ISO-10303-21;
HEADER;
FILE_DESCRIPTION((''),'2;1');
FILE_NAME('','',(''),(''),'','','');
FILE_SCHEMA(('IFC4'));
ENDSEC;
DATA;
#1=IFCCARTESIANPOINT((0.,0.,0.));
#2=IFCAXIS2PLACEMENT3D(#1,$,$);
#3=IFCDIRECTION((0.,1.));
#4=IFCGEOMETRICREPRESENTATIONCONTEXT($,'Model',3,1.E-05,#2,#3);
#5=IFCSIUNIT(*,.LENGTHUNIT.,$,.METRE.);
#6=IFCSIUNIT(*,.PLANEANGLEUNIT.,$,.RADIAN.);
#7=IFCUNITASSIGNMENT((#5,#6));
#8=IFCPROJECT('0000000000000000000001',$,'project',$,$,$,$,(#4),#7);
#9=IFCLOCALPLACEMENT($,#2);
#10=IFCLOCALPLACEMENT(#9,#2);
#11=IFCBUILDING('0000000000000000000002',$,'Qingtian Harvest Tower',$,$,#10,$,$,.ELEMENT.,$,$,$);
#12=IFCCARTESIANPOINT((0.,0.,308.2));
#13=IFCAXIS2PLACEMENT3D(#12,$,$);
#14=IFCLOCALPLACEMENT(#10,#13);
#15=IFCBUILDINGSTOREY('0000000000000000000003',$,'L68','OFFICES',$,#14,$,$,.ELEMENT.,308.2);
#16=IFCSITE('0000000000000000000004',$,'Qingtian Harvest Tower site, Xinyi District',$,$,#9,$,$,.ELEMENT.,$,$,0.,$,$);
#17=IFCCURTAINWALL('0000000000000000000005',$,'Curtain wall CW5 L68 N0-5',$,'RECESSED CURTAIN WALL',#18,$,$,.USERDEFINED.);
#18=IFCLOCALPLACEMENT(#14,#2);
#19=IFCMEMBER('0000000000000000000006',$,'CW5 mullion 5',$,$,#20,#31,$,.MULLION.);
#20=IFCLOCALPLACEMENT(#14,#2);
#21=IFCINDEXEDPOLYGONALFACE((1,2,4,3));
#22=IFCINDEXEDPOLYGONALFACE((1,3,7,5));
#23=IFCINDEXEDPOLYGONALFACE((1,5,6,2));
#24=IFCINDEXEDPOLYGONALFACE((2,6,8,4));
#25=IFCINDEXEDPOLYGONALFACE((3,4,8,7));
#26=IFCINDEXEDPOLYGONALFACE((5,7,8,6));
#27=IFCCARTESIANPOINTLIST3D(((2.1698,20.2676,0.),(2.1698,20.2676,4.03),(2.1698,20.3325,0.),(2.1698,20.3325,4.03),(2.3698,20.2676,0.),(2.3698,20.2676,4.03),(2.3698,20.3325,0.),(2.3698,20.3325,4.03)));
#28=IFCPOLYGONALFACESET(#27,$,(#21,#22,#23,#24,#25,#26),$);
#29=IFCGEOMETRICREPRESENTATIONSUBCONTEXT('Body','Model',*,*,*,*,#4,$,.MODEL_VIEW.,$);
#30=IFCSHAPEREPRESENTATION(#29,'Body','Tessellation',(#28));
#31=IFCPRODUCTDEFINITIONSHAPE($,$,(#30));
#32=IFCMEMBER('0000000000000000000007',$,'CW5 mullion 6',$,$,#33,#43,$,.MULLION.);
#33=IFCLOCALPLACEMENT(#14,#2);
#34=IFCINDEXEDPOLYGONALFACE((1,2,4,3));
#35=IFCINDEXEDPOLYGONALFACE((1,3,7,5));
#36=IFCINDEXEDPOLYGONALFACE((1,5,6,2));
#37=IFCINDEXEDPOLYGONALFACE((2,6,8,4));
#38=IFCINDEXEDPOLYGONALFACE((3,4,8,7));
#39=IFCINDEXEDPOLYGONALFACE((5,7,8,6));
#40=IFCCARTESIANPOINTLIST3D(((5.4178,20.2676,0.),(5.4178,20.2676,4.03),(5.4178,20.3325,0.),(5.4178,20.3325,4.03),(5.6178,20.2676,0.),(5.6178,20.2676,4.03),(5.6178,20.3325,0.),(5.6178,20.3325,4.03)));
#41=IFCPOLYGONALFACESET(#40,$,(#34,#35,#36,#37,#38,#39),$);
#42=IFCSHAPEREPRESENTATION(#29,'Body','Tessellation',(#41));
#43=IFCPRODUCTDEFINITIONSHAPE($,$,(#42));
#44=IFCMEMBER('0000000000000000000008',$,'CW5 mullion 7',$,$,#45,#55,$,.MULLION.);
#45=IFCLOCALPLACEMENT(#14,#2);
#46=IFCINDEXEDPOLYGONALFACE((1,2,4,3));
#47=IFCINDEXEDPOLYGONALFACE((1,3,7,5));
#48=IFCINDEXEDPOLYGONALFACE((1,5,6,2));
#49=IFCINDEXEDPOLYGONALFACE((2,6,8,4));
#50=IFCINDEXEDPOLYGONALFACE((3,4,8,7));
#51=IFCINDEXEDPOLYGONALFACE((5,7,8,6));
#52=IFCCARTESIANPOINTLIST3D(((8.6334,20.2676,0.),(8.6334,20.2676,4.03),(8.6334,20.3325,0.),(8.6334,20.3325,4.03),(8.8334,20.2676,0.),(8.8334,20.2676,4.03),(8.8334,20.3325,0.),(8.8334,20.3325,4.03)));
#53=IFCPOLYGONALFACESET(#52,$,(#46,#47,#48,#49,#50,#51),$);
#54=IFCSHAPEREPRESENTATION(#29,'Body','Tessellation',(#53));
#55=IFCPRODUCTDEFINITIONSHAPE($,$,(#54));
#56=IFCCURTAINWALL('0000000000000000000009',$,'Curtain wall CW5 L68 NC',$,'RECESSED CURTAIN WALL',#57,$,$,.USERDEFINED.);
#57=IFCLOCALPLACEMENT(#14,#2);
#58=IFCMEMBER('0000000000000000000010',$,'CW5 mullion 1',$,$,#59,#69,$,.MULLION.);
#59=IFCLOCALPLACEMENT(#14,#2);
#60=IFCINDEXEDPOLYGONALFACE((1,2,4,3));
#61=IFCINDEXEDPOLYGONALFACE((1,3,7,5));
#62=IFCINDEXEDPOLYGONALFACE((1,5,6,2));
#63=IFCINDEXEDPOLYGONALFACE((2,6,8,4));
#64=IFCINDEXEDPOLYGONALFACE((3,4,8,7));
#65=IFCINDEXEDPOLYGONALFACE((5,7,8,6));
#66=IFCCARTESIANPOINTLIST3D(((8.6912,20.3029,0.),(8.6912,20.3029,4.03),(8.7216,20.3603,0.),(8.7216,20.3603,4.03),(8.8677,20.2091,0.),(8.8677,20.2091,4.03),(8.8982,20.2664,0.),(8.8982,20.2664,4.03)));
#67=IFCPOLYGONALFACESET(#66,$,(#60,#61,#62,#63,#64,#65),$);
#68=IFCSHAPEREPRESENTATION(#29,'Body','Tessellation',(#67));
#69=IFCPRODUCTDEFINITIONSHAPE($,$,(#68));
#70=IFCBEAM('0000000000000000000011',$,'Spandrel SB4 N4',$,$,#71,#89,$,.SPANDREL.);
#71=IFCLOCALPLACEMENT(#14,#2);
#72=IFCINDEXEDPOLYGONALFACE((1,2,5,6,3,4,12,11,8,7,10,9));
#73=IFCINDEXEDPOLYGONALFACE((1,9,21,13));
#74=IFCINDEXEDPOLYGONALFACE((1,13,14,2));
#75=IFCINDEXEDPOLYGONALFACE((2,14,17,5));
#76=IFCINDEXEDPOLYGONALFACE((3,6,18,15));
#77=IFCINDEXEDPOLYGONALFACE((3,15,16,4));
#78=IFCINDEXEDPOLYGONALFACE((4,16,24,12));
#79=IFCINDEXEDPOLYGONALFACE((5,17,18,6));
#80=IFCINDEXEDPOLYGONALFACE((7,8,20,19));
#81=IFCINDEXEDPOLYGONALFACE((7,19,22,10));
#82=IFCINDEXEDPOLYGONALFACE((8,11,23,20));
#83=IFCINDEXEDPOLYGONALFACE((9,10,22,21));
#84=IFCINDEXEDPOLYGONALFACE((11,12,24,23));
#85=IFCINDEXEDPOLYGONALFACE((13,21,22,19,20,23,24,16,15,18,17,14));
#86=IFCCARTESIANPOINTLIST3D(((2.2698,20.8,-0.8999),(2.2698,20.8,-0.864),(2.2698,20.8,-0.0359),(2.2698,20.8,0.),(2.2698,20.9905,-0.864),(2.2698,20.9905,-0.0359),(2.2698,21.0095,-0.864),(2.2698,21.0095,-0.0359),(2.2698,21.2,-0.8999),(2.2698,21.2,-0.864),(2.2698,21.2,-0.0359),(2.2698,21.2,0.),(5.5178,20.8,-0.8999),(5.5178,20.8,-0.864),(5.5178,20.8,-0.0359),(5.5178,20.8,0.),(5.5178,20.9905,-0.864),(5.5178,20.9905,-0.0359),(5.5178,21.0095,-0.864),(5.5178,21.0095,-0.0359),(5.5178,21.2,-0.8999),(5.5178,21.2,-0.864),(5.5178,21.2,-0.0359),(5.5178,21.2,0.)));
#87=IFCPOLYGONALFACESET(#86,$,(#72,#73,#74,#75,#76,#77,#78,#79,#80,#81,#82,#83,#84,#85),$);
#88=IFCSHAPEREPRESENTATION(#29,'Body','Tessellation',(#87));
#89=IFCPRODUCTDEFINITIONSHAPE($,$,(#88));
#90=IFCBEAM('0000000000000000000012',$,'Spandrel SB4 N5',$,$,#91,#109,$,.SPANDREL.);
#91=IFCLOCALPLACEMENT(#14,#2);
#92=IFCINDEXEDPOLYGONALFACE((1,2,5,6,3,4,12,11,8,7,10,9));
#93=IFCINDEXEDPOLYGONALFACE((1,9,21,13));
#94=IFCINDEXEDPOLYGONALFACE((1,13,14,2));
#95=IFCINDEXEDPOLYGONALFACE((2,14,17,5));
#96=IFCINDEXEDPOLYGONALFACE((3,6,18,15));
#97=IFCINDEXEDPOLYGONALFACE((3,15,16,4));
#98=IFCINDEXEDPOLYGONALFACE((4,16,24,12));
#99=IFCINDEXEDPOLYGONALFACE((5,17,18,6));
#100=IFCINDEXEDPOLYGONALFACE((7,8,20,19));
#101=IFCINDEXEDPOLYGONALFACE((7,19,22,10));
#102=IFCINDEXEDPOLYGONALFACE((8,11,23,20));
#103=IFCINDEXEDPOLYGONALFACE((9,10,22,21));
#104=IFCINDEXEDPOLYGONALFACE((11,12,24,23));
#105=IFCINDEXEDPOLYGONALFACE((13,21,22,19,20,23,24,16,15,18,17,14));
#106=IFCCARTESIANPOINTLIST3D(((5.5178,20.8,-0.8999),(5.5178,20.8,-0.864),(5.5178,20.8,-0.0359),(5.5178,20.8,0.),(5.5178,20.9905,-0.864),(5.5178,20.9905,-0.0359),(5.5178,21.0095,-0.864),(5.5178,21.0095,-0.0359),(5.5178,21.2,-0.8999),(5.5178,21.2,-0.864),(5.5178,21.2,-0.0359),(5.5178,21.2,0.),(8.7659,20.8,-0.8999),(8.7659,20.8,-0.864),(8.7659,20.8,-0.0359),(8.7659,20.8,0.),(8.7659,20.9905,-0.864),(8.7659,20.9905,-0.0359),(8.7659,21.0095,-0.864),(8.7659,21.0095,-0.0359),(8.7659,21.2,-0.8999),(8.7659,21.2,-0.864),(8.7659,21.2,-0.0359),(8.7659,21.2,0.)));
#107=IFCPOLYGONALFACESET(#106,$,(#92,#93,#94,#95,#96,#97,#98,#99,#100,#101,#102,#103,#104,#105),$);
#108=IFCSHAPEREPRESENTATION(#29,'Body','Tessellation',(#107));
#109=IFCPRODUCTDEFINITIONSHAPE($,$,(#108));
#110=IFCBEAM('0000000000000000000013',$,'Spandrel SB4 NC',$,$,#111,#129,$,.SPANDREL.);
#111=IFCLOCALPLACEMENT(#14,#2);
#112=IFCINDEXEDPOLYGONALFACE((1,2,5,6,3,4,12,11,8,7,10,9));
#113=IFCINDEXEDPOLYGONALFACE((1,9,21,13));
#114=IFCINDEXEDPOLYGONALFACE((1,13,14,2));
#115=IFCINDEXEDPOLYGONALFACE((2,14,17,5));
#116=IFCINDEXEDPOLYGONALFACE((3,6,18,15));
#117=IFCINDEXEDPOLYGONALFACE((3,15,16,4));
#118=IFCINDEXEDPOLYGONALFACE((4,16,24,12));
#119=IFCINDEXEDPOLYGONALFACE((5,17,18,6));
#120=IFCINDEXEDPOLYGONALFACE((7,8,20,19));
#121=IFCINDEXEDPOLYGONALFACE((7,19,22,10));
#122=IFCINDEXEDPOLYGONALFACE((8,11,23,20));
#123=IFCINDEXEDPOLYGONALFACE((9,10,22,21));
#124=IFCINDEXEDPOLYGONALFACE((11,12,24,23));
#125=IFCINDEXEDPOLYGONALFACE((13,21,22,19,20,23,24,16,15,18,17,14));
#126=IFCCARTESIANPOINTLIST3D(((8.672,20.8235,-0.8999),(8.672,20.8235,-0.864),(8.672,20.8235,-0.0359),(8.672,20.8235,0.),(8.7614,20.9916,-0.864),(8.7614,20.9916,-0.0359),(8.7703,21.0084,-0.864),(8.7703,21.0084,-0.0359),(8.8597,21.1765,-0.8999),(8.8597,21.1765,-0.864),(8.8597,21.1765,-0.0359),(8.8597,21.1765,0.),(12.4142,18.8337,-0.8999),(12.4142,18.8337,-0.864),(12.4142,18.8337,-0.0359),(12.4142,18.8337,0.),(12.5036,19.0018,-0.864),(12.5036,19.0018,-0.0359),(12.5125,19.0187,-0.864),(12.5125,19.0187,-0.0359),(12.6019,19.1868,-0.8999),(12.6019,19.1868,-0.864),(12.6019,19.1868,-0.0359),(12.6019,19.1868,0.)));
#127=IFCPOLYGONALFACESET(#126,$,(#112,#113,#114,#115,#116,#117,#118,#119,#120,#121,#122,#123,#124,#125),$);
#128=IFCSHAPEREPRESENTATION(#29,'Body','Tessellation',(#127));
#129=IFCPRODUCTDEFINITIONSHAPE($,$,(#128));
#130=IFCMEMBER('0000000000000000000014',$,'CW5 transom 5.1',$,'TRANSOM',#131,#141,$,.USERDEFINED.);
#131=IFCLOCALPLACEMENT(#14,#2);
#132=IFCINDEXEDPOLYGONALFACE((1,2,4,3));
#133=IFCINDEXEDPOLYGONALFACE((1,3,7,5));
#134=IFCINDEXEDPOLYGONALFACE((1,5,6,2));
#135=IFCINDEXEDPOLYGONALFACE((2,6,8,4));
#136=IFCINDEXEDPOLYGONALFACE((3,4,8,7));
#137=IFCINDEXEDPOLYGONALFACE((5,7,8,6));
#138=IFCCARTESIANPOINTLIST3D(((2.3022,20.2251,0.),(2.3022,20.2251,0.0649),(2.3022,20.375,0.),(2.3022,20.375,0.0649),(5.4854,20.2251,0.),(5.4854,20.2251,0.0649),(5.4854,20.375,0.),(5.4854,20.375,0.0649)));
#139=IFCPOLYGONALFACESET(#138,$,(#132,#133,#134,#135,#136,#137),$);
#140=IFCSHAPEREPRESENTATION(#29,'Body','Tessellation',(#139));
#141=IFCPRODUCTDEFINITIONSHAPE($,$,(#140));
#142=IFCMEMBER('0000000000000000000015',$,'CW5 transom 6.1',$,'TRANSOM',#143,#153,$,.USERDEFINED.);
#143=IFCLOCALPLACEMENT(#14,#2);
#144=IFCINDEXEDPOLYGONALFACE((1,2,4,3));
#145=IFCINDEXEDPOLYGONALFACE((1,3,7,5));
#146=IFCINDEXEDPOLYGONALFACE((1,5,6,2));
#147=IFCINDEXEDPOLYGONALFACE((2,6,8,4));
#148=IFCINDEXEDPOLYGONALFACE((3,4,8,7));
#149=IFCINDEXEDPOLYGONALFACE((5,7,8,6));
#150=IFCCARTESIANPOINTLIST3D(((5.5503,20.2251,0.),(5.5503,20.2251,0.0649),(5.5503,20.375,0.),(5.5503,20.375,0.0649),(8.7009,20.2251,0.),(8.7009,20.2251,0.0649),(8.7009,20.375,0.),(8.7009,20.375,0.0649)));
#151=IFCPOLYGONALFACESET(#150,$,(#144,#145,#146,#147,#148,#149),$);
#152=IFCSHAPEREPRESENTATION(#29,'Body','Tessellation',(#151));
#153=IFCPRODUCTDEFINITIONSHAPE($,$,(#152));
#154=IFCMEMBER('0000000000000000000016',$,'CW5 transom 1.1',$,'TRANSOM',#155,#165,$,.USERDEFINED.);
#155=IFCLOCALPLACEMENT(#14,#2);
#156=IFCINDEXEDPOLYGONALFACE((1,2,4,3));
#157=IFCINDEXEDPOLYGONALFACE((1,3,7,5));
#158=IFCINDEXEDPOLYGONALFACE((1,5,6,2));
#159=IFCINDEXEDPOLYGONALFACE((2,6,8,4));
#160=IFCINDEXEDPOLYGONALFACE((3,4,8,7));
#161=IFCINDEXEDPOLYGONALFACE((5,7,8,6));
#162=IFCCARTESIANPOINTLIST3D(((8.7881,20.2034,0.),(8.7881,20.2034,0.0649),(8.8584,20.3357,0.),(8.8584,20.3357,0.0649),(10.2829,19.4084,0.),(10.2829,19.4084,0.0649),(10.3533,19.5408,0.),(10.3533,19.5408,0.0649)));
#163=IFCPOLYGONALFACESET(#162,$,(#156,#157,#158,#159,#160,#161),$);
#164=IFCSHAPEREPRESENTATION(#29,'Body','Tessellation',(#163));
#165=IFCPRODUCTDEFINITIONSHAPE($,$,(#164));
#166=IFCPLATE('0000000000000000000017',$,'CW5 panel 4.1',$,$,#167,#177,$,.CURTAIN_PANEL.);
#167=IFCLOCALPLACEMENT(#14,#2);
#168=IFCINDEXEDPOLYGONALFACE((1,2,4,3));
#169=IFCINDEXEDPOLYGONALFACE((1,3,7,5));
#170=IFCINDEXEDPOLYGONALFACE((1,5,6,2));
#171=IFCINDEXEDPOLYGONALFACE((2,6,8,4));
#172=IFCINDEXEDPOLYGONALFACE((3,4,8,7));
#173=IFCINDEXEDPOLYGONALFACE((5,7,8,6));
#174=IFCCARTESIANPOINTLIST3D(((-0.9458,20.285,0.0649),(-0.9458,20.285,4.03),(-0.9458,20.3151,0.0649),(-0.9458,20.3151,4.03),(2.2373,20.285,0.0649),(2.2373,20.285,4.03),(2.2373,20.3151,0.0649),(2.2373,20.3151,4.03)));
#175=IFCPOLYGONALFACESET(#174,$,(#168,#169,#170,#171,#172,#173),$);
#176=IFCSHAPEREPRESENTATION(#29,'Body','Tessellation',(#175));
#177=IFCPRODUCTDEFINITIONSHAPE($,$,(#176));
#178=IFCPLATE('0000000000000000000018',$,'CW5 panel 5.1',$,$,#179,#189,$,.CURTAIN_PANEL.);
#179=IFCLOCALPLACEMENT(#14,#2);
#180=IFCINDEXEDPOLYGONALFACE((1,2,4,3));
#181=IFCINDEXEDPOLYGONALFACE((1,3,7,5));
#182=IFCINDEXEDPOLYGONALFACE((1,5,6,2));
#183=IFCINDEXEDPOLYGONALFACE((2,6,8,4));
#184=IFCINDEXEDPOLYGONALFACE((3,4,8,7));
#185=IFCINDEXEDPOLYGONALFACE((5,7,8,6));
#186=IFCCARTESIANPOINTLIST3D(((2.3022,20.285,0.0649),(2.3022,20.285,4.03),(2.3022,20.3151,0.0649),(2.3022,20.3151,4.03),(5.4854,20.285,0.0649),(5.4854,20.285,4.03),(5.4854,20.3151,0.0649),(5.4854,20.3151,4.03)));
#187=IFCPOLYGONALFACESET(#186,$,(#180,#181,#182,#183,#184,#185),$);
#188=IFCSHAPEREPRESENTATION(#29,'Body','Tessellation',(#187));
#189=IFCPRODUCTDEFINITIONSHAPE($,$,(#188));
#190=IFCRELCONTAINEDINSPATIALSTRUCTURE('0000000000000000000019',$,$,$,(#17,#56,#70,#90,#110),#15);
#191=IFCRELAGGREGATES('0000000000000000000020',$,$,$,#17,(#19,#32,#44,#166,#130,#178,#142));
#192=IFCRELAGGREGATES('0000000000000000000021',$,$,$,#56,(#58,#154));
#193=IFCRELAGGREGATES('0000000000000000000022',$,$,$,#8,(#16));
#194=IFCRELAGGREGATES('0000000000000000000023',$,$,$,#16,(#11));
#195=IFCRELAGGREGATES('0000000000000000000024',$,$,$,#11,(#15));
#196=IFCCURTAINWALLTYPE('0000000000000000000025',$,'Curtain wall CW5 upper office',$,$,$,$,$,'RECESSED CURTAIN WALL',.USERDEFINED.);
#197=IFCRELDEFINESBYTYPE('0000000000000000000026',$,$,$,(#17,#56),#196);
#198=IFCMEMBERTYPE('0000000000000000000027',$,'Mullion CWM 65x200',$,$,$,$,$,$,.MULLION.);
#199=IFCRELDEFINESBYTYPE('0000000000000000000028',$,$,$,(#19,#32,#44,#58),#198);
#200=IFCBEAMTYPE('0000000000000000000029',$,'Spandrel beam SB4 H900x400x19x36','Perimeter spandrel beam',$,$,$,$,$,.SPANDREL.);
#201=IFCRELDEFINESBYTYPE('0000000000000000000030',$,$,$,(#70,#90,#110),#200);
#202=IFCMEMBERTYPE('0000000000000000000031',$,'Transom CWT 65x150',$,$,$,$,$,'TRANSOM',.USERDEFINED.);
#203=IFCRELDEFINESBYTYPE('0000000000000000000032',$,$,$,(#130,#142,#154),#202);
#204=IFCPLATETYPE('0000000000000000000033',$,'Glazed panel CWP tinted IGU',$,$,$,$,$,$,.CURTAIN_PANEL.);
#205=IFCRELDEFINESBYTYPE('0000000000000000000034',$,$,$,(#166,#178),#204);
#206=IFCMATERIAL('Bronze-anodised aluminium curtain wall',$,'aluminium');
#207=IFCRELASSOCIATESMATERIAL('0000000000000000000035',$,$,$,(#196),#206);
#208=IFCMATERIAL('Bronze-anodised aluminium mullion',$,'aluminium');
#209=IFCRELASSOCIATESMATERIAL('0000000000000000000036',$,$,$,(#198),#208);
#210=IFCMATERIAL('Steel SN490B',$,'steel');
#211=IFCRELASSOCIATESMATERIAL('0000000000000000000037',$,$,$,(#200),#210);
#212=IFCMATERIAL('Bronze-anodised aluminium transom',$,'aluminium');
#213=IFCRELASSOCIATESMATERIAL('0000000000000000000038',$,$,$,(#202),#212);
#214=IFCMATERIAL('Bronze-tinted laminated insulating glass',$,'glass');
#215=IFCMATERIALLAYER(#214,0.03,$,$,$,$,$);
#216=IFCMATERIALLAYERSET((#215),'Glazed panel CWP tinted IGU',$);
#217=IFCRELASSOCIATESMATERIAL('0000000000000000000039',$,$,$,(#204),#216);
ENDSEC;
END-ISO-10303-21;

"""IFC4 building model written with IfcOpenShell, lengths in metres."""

from ifc_helpers import new_model, si_unit, direction, frame, origin, origin_2d, place, context, subcontext, project, spatial, rectangle, i_section, extrude, material, layer, layer_set, material_profile, profile_set, type_object, element, aggregate, save


model = new_model("IFC4")

# Units and contexts
model_context = context("Model", 3, precision=1e-05, world=origin(), true_north=direction((0.0, 1.0)))
body_context = subcontext(model_context, "Body", "Model", "MODEL_VIEW")
ifc_project = project(units=[si_unit("LENGTHUNIT", "METRE"), si_unit("PLANEANGLEUNIT", "RADIAN")], contexts=[model_context])

# Site, building, storey
site_placement = place(None, origin())
site = spatial("IfcSite", under=ifc_project, at=site_placement, Name="Qingtian Harvest Tower site, Xinyi District", CompositionType="ELEMENT", RefElevation=0.0)
building_placement = place(site_placement, origin())
building = spatial("IfcBuilding", under=site, at=building_placement, Name="Qingtian Harvest Tower", CompositionType="ELEMENT")
storey_placement = place(building_placement, frame((0.0, 0.0, 308.2)))
storey = spatial("IfcBuildingStorey", under=building, at=storey_placement, Name="L68", Description="OFFICES", CompositionType="ELEMENT", Elevation=308.2)

# Curtain wall, members
ifc_material_1 = material(Name="Bronze-anodised aluminium curtain wall", Category="aluminium")
curtain_wall_type = type_object("IfcCurtainWallType", Name="Curtain wall CW5 upper office", ElementType="RECESSED CURTAIN WALL", PredefinedType="USERDEFINED", material=ifc_material_1)
curtain_wall_1_placement = place(storey_placement, origin())
curtain_wall_1 = element("IfcCurtainWall", 1, at=curtain_wall_1_placement, inside=storey, type_object=curtain_wall_type, Name="Curtain wall CW5 L68 N0-5", ObjectType="RECESSED CURTAIN WALL", PredefinedType="USERDEFINED")
ifc_material_2 = material(Name="Bronze-anodised aluminium mullion", Category="aluminium")
ifc_material_profile_1 = material_profile(ifc_material_2, rectangle(XDim=0.0649, YDim=0.2, at=origin_2d()), Name="AL 65x200")
ifc_profile_set_1 = profile_set([ifc_material_profile_1], Name="Bronze-anodised aluminium mullion")
member_type_1 = type_object("IfcMemberType", Name="Mullion CWM 65x200", PredefinedType="MULLION", material=ifc_profile_set_1)
member_1_placement = place(storey_placement, frame((2.2698, 20.3, 0.0), z_axis=(0.0, 0.0, 1.0), x_axis=(0.0, 1.0, 0.0)))
member_1 = element("IfcMember", 2, at=member_1_placement, type_object=member_type_1, Name="CW5 mullion 5", PredefinedType="MULLION", context=body_context, shape_type="SweptSolid", body=[
    extrude(rectangle(XDim=0.0649, YDim=0.2, at=origin_2d()), origin(), (0.0, 0.0, 1.0), 4.03),
])
member_2_placement = place(storey_placement, frame((5.5178, 20.3, 0.0), z_axis=(0.0, 0.0, 1.0), x_axis=(0.0, 1.0, 0.0)))
member_2 = element("IfcMember", 3, at=member_2_placement, type_object=member_type_1, Name="CW5 mullion 6", PredefinedType="MULLION", context=body_context, shape_type="SweptSolid", body=[
    extrude(rectangle(XDim=0.0649, YDim=0.2, at=origin_2d()), origin(), (0.0, 0.0, 1.0), 4.03),
])
member_3_placement = place(storey_placement, frame((8.7334, 20.3, 0.0), z_axis=(0.0, 0.0, 1.0), x_axis=(0.0, 1.0, 0.0)))
member_3 = element("IfcMember", 4, at=member_3_placement, type_object=member_type_1, Name="CW5 mullion 7", PredefinedType="MULLION", context=body_context, shape_type="SweptSolid", body=[
    extrude(rectangle(XDim=0.0649, YDim=0.2, at=origin_2d()), origin(), (0.0, 0.0, 1.0), 4.03),
])

# Curtain wall, member
curtain_wall_2_placement = place(storey_placement, origin())
curtain_wall_2 = element("IfcCurtainWall", 5, at=curtain_wall_2_placement, inside=storey, type_object=curtain_wall_type, Name="Curtain wall CW5 L68 NC", ObjectType="RECESSED CURTAIN WALL", PredefinedType="USERDEFINED")
member_4_placement = place(storey_placement, frame((8.7947, 20.2847, 0.0), z_axis=(0.0, 0.0, 1.0), x_axis=(0.469472, 0.882948, 0.0)))
member_4 = element("IfcMember", 6, at=member_4_placement, type_object=member_type_1, Name="CW5 mullion 1", PredefinedType="MULLION", context=body_context, shape_type="SweptSolid", body=[
    extrude(rectangle(XDim=0.0649, YDim=0.2, at=origin_2d()), origin(), (0.0, 0.0, 1.0), 4.03),
])

# Beams
ifc_material_3 = material(Name="Steel SN490B", Category="steel")
ifc_material_profile_2 = material_profile(ifc_material_3, i_section(OverallWidth=0.3999, OverallDepth=0.8999, WebThickness=0.019, FlangeThickness=0.0359, at=origin_2d()), Name="H900x400x19x36")
ifc_profile_set_2 = profile_set([ifc_material_profile_2], Name="Steel SN490B")
beam_type_1 = type_object("IfcBeamType", Name="Spandrel beam SB4 H900x400x19x36", Description="Perimeter spandrel beam", PredefinedType="SPANDREL", material=ifc_profile_set_2)
for number, where, z_axis, x_axis, name in (
    (7, (2.2698, 21.0, -0.45), (1.0, 0.0, 0.0), (0.0, 1.0, 0.0), "Spandrel SB4 N4"),
    (8, (5.5178, 21.0, -0.45), (1.0, 0.0, 0.0), (0.0, 1.0, 0.0), "Spandrel SB4 N5"),
):
    element("IfcBeam", number, at=place(storey_placement, frame(where, z_axis=z_axis, x_axis=x_axis)), inside=storey, type_object=beam_type_1, Name=name, PredefinedType="SPANDREL", context=body_context, shape_type="SweptSolid", body=[
        extrude(i_section(OverallWidth=0.3999, OverallDepth=0.8999, WebThickness=0.019, FlangeThickness=0.0359, at=origin_2d()), origin(), (0.0, 0.0, 1.0), 3.248),
    ])
beam_1_placement = place(storey_placement, frame((8.7659, 21.0, -0.45), z_axis=(0.882949, -0.46947, 0.0), x_axis=(0.46947, 0.882949, 0.0)))
element("IfcBeam", 9, at=beam_1_placement, inside=storey, type_object=beam_type_1, Name="Spandrel SB4 NC", PredefinedType="SPANDREL", context=body_context, shape_type="SweptSolid", body=[
    extrude(i_section(OverallWidth=0.3999, OverallDepth=0.8999, WebThickness=0.019, FlangeThickness=0.0359, at=origin_2d()), origin(), (0.0, 0.0, 1.0), 4.2383),
])

# Members
ifc_material_4 = material(Name="Bronze-anodised aluminium transom", Category="aluminium")
ifc_material_profile_3 = material_profile(ifc_material_4, rectangle(XDim=0.1499, YDim=0.0649, at=origin_2d()), Name="AL 65x150")
ifc_profile_set_3 = profile_set([ifc_material_profile_3], Name="Bronze-anodised aluminium transom")
member_type_2 = type_object("IfcMemberType", Name="Transom CWT 65x150", ElementType="TRANSOM", PredefinedType="USERDEFINED", material=ifc_profile_set_3)
member_5_placement = place(storey_placement, frame((2.3022, 20.3, 0.0325), z_axis=(1.0, 0.0, 0.0), x_axis=(0.0, 1.0, 0.0)))
member_5 = element("IfcMember", 10, at=member_5_placement, type_object=member_type_2, Name="CW5 transom 5.1", ObjectType="TRANSOM", PredefinedType="USERDEFINED", context=body_context, shape_type="SweptSolid", body=[
    extrude(rectangle(XDim=0.1499, YDim=0.0649, at=origin_2d()), origin(), (0.0, 0.0, 1.0), 3.1831),
])
member_6_placement = place(storey_placement, frame((5.5503, 20.3, 0.0325), z_axis=(1.0, 0.0, 0.0), x_axis=(0.0, 1.0, 0.0)))
member_6 = element("IfcMember", 11, at=member_6_placement, type_object=member_type_2, Name="CW5 transom 6.1", ObjectType="TRANSOM", PredefinedType="USERDEFINED", context=body_context, shape_type="SweptSolid", body=[
    extrude(rectangle(XDim=0.1499, YDim=0.0649, at=origin_2d()), origin(), (0.0, 0.0, 1.0), 3.1506),
])
member_7_placement = place(storey_placement, frame((8.8232, 20.2695, 0.0325), z_axis=(0.882927, -0.46951, 0.0), x_axis=(0.46951, 0.882927, 0.0)))
member_7 = element("IfcMember", 12, at=member_7_placement, type_object=member_type_2, Name="CW5 transom 1.1", ObjectType="TRANSOM", PredefinedType="USERDEFINED", context=body_context, shape_type="SweptSolid", body=[
    extrude(rectangle(XDim=0.1499, YDim=0.0649, at=origin_2d()), origin(), (0.0, 0.0, 1.0), 1.6931),
])

# Plates
ifc_material_5 = material(Name="Bronze-tinted laminated insulating glass", Category="glass")
ifc_layer_1 = layer(ifc_material_5, 0.03)
ifc_layer_set_1 = layer_set([ifc_layer_1], Name="Glazed panel CWP tinted IGU")
plate_type = type_object("IfcPlateType", Name="Glazed panel CWP tinted IGU", PredefinedType="CURTAIN_PANEL", material=ifc_layer_set_1)
plate_1_placement = place(storey_placement, frame((0.6458, 20.3, 0.0649), z_axis=(0.0, 0.0, 1.0), x_axis=(1.0, 0.0, 0.0)))
plate_1 = element("IfcPlate", 13, at=plate_1_placement, type_object=plate_type, Name="CW5 panel 4.1", PredefinedType="CURTAIN_PANEL", context=body_context, shape_type="SweptSolid", body=[
    extrude(rectangle(XDim=3.1831, YDim=0.03, at=origin_2d()), origin(), (0.0, 0.0, 1.0), 3.9651),
])
plate_2_placement = place(storey_placement, frame((3.8938, 20.3, 0.0649), z_axis=(0.0, 0.0, 1.0), x_axis=(1.0, 0.0, 0.0)))
plate_2 = element("IfcPlate", 14, at=plate_2_placement, type_object=plate_type, Name="CW5 panel 5.1", PredefinedType="CURTAIN_PANEL", context=body_context, shape_type="SweptSolid", body=[
    extrude(rectangle(XDim=3.1831, YDim=0.03, at=origin_2d()), origin(), (0.0, 0.0, 1.0), 3.9651),
])
aggregate(curtain_wall_1, [member_1, member_2, member_3, plate_1, member_5, plate_2, member_6])
aggregate(curtain_wall_2, [member_4, member_7])

save(model, "model.ifc")
